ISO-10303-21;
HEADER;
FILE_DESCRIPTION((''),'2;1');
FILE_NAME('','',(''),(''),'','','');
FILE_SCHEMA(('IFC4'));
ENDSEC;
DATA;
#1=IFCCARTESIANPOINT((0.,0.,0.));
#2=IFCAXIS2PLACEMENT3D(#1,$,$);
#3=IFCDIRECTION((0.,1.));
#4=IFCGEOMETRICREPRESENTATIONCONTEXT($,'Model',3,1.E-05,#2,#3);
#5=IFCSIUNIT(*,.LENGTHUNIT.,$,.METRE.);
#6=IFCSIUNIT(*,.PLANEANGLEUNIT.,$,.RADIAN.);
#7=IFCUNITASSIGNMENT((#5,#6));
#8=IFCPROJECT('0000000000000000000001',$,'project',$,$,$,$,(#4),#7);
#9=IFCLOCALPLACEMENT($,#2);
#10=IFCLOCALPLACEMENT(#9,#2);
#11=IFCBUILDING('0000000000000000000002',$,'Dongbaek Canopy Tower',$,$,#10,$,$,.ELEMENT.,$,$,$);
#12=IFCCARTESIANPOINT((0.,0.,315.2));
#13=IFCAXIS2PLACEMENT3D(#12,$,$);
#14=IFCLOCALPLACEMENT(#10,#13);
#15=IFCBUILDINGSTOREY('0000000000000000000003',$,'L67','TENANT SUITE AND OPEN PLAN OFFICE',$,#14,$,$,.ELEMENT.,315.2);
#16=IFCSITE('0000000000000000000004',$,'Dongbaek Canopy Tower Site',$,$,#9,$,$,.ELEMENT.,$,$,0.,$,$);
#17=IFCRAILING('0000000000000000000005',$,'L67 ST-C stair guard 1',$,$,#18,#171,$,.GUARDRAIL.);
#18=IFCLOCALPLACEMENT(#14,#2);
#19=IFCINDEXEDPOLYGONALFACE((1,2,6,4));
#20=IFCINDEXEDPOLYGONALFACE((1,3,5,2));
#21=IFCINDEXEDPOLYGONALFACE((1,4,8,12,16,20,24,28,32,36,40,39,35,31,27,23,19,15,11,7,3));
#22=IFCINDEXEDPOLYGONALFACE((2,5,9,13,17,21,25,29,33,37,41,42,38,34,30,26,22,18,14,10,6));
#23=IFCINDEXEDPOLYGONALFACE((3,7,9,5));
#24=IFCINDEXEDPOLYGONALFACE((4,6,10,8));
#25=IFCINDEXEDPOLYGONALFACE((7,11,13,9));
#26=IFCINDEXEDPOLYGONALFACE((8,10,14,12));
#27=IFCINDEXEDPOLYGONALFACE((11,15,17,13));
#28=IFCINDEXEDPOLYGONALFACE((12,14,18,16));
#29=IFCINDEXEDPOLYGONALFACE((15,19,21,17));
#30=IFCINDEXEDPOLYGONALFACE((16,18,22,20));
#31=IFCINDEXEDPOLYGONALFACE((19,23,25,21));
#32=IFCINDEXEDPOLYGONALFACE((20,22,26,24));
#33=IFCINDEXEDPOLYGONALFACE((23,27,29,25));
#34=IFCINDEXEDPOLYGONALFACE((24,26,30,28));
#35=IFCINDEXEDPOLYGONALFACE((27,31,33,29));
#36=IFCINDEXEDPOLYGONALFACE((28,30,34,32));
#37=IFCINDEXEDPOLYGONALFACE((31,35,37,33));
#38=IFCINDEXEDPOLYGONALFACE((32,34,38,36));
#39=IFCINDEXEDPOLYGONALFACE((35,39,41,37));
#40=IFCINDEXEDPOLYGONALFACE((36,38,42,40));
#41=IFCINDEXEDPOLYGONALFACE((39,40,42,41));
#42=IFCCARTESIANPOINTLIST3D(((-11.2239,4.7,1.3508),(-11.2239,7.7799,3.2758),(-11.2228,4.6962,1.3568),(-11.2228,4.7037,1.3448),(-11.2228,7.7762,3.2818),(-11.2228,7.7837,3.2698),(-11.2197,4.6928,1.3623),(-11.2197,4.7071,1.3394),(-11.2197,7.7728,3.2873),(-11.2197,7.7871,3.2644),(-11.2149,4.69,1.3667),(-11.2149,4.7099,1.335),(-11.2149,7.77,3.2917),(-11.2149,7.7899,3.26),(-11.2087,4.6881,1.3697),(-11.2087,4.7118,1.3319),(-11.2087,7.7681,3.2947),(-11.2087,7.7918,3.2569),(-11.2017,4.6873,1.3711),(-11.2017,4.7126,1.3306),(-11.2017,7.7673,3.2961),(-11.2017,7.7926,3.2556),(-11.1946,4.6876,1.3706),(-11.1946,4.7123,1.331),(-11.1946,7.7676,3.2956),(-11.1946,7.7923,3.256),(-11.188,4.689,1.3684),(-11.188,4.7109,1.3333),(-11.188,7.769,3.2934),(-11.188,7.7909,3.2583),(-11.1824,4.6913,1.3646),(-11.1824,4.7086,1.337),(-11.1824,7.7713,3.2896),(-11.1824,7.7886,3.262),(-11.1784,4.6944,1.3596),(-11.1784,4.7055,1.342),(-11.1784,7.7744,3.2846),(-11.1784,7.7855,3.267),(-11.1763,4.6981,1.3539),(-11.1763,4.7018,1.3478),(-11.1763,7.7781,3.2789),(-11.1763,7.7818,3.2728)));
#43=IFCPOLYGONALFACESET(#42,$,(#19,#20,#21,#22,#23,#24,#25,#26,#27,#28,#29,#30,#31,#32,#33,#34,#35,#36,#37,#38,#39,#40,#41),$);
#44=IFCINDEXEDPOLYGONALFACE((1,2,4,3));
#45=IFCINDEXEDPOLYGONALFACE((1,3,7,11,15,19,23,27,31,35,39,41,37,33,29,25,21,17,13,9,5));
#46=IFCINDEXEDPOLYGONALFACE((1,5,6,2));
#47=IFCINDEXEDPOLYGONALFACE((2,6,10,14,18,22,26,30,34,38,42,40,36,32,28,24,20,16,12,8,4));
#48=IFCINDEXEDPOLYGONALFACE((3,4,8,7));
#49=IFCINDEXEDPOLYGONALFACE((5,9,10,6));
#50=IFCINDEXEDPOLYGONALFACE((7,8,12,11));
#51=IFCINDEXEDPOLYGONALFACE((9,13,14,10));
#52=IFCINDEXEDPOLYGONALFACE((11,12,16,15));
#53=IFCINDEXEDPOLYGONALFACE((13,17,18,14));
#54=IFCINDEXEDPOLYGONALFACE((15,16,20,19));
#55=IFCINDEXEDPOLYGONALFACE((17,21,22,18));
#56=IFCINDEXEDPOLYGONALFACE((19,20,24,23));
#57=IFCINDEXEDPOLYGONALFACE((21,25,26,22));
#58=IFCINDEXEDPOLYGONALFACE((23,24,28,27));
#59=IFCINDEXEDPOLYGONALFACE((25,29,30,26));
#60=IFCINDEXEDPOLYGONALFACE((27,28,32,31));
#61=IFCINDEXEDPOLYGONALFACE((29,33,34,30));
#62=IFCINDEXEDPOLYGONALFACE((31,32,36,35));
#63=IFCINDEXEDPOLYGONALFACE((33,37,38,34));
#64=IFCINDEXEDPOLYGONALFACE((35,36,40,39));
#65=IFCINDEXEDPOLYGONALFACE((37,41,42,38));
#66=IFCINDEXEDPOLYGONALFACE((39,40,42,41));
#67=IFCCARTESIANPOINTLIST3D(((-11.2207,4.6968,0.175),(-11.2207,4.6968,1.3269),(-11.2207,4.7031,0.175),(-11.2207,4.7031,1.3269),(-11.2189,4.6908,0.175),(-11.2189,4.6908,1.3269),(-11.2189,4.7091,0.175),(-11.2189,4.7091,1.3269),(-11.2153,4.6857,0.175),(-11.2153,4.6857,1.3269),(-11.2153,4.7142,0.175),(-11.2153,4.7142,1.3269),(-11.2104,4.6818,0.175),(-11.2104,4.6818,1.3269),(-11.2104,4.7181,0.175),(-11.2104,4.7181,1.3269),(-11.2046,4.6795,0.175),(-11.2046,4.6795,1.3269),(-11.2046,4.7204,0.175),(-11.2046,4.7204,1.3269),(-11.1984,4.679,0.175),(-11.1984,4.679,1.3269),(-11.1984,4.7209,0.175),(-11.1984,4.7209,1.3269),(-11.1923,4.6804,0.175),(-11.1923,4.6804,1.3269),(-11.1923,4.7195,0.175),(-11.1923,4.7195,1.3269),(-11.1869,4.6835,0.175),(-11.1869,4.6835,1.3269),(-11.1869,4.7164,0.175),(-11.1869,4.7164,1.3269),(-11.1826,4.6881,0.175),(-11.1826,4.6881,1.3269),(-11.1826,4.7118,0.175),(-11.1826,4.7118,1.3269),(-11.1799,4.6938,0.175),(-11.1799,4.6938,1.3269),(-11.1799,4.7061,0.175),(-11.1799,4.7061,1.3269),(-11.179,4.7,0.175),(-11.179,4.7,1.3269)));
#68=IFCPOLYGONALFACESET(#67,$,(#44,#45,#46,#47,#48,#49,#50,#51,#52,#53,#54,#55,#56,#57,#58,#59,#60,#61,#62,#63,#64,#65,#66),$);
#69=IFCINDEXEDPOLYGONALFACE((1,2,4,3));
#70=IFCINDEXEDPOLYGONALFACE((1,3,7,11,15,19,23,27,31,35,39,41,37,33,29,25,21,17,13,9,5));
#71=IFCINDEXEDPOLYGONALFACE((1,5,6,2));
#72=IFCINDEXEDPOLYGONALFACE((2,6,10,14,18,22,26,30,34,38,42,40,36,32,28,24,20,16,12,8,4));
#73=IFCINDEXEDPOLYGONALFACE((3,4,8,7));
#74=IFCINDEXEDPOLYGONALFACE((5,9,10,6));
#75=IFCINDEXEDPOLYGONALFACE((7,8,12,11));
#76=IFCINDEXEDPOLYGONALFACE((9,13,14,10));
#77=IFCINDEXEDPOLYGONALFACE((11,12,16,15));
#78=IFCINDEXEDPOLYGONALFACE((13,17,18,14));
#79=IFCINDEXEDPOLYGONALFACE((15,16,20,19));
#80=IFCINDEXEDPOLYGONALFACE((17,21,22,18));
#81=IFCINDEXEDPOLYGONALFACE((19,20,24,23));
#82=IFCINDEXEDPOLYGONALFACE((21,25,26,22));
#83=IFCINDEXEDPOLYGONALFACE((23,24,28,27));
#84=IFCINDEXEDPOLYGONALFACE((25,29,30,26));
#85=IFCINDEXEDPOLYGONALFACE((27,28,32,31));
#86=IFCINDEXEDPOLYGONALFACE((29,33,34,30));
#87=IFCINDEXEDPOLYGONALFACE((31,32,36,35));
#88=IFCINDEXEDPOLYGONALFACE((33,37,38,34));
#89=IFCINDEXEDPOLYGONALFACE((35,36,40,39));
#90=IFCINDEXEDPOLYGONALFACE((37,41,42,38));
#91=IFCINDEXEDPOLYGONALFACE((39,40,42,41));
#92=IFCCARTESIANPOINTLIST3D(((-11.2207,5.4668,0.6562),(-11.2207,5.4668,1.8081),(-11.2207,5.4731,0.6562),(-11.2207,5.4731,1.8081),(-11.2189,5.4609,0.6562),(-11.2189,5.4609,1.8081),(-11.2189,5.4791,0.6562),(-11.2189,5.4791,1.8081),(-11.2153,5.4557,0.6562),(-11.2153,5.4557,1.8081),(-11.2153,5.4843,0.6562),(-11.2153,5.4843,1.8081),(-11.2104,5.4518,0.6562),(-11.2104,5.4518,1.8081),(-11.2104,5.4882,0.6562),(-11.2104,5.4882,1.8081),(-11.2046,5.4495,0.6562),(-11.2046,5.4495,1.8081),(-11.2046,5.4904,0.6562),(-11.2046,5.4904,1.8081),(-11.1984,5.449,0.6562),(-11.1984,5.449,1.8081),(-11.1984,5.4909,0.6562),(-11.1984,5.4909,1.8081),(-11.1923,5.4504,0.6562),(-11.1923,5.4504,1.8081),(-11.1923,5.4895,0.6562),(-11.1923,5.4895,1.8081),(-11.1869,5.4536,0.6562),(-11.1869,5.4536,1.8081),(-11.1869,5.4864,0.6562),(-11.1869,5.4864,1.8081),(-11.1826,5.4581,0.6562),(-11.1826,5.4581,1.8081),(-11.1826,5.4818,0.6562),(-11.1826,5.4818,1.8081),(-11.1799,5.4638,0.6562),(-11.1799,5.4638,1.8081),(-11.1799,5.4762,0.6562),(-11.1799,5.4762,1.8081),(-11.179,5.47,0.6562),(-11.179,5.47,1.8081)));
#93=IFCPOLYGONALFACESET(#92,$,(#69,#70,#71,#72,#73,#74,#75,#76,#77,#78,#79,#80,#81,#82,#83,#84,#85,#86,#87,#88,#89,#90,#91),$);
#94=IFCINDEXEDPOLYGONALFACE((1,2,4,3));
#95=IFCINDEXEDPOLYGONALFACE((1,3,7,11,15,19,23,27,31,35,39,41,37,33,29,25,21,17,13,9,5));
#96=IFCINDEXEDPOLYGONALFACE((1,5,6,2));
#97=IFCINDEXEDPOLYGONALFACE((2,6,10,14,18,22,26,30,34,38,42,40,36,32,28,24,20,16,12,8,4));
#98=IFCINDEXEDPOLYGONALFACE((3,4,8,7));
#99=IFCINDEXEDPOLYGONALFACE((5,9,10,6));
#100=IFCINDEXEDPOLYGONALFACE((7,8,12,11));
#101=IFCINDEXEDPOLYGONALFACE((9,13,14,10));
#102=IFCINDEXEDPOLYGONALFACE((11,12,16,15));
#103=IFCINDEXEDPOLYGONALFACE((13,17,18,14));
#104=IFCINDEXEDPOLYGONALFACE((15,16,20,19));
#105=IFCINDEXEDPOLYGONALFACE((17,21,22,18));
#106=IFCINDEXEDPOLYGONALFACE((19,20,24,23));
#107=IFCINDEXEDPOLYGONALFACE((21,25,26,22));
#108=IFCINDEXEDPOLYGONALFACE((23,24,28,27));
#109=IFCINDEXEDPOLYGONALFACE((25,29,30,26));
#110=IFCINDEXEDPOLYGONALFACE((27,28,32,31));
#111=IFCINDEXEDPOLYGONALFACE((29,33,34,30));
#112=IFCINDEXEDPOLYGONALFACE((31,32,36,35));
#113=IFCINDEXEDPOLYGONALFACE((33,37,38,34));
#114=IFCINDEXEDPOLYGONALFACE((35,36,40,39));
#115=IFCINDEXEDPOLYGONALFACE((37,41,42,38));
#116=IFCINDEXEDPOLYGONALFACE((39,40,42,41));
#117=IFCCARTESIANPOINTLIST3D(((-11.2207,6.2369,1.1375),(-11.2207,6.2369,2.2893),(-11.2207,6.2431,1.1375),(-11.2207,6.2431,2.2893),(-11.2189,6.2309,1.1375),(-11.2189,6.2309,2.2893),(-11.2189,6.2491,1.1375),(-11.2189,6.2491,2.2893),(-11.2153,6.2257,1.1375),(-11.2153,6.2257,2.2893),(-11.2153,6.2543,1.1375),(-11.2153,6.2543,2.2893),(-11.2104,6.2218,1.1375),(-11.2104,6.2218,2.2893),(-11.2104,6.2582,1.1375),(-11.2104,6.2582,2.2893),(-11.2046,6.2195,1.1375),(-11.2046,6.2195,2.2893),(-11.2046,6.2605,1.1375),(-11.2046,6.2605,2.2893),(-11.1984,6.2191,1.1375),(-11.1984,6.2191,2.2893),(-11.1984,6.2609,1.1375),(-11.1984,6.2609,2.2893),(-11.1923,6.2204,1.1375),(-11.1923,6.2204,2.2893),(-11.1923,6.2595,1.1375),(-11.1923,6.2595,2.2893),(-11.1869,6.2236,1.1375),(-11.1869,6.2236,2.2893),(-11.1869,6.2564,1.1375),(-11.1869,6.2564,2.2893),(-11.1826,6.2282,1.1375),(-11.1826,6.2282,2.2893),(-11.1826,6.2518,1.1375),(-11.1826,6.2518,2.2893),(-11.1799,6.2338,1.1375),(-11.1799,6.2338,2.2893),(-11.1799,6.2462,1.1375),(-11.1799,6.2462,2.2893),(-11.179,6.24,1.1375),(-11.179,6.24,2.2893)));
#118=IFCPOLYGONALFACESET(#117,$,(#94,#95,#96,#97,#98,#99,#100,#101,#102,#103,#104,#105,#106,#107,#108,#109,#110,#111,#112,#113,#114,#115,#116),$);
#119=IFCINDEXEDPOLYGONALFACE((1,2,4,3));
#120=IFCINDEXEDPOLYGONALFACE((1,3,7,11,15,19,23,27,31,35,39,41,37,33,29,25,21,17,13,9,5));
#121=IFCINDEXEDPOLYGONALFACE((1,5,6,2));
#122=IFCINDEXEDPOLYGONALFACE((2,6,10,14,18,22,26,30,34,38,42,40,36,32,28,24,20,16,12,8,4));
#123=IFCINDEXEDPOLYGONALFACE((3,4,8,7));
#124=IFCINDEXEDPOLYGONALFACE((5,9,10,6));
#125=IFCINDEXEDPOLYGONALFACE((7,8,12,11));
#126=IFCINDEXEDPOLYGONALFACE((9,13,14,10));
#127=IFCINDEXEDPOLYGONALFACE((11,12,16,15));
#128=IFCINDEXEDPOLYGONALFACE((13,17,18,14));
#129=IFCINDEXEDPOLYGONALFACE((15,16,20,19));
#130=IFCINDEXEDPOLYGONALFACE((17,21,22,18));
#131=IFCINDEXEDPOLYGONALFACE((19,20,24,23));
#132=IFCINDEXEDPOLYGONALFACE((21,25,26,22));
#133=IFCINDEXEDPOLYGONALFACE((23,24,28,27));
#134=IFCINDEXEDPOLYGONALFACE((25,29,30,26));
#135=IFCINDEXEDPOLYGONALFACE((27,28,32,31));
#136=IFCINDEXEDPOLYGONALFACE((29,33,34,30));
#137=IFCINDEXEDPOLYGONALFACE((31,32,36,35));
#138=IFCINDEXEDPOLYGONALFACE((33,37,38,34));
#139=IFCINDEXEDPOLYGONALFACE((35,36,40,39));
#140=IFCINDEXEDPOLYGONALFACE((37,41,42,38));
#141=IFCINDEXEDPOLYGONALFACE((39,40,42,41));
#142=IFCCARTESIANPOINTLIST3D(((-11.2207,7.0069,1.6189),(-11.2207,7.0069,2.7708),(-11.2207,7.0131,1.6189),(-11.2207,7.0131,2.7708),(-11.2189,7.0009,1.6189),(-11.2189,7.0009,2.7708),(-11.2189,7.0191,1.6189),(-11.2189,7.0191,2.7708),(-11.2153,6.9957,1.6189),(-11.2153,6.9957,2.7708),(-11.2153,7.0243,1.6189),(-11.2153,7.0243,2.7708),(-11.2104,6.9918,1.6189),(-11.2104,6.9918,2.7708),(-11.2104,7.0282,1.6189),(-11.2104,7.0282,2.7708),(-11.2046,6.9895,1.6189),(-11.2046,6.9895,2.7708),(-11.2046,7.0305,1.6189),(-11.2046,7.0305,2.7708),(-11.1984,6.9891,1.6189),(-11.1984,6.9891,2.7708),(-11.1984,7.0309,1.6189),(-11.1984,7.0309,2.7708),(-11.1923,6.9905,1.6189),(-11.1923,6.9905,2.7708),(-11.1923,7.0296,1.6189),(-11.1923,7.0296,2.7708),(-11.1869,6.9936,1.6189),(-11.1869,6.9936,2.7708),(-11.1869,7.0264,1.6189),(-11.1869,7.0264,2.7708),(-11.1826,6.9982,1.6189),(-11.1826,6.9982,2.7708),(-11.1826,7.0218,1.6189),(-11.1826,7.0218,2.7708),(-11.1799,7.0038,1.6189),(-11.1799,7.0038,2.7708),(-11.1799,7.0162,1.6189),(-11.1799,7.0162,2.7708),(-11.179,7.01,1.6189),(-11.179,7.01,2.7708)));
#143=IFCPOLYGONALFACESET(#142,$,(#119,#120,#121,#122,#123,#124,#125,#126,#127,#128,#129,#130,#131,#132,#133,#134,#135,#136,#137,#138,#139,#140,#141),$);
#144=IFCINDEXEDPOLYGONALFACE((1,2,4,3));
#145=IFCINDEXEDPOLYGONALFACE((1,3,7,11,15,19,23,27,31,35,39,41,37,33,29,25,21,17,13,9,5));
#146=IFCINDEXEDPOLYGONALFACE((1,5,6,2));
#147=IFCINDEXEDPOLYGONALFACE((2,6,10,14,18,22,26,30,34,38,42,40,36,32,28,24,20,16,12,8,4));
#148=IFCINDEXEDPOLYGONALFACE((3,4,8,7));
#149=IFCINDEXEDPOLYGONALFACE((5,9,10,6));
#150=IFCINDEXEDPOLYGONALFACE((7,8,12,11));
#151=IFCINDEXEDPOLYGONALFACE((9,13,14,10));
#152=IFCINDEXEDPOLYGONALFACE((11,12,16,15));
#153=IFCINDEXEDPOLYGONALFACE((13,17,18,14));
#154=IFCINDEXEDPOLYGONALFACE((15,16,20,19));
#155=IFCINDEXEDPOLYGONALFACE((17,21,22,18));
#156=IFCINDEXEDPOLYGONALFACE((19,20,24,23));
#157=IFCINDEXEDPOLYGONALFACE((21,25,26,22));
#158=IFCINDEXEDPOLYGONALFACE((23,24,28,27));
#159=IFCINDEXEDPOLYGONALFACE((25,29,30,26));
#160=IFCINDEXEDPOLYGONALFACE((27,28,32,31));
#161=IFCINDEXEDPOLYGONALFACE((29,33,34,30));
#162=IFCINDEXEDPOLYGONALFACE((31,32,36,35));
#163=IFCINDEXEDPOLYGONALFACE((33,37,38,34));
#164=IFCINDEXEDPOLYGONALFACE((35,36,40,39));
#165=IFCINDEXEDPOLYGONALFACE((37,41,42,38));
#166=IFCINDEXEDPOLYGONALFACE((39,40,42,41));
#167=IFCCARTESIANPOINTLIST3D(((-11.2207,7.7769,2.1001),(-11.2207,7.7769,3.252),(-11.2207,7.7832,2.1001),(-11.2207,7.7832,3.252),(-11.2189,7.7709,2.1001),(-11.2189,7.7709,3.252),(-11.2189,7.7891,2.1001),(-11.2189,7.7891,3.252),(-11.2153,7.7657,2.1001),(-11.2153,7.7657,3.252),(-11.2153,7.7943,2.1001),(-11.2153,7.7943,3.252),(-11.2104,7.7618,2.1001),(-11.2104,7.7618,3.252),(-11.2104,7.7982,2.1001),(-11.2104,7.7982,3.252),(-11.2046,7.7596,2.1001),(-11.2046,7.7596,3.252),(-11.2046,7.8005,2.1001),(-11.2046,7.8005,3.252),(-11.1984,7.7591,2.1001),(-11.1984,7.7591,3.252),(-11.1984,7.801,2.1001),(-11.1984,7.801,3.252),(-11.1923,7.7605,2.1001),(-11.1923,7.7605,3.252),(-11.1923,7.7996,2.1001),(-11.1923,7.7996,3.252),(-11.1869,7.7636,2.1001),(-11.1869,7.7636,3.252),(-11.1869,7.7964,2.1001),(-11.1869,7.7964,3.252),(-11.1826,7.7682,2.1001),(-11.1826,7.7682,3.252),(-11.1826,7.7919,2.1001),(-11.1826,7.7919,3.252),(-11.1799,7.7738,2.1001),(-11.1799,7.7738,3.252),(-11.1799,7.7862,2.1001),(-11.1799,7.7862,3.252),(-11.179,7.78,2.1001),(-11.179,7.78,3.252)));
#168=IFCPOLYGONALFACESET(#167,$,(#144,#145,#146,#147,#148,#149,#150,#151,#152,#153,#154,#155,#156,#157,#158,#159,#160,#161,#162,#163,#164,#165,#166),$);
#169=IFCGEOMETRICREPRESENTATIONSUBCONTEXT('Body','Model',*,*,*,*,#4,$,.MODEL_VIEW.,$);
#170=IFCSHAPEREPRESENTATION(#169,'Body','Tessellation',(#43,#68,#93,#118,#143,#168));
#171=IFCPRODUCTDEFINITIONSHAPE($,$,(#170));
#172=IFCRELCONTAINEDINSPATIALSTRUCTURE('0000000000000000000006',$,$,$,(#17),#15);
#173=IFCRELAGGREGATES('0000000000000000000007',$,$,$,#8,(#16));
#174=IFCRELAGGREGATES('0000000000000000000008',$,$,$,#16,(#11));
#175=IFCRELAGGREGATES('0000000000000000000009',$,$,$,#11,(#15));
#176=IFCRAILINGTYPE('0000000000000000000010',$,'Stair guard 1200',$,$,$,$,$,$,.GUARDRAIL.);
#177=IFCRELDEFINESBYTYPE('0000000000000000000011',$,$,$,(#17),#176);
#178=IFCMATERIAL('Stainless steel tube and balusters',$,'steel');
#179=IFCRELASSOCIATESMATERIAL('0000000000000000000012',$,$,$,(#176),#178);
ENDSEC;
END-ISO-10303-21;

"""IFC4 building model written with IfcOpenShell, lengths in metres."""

from ifc_helpers import new_model, si_unit, direction, frame, origin, origin_2d, place, context, subcontext, project, spatial, circle, extrude, material, type_object, element, save


model = new_model("IFC4")

# Units and contexts
model_context = context("Model", 3, precision=1e-05, world=origin(), true_north=direction((0.0, 1.0)))
body_context = subcontext(model_context, "Body", "Model", "MODEL_VIEW")
ifc_project = project(units=[si_unit("LENGTHUNIT", "METRE"), si_unit("PLANEANGLEUNIT", "RADIAN")], contexts=[model_context])

# Site, building, storey
site_placement = place(None, origin())
site = spatial("IfcSite", under=ifc_project, at=site_placement, Name="Dongbaek Canopy Tower Site", CompositionType="ELEMENT", RefElevation=0.0)
building_placement = place(site_placement, origin())
building = spatial("IfcBuilding", under=site, at=building_placement, Name="Dongbaek Canopy Tower", CompositionType="ELEMENT")
storey_placement = place(building_placement, frame((0.0, 0.0, 315.2)))
storey = spatial("IfcBuildingStorey", under=building, at=storey_placement, Name="L67", Description="TENANT SUITE AND OPEN PLAN OFFICE", CompositionType="ELEMENT", Elevation=315.2)

# Railing
ifc_material_1 = material(Name="Stainless steel tube and balusters", Category="steel")
railing_type_1 = type_object("IfcRailingType", Name="Stair guard 1200", PredefinedType="GUARDRAIL", material=ifc_material_1)
railing_1_placement = place(storey_placement, frame((-11.2, 4.7, 0.175)))
element("IfcRailing", 1, at=railing_1_placement, inside=storey, type_object=railing_type_1, Name="L67 ST-C stair guard 1", PredefinedType="GUARDRAIL", context=body_context, shape_type="SweptSolid", body=[
    extrude(circle(Radius=0.0239, at=origin_2d()), frame((0.0, 0.0, 1.1758), z_axis=(0.0, 0.847998, 0.529999), x_axis=(-1.0, 0.0, 0.0)), (0.0, 0.0, 1.0), 3.6321),
    extrude(circle(Radius=0.021, at=origin_2d()), origin(), (0.0, 0.0, 1.0), 1.1519),
    extrude(circle(Radius=0.021, at=origin_2d()), frame((0.0, 0.77, 0.4812)), (0.0, 0.0, 1.0), 1.1519),
    extrude(circle(Radius=0.021, at=origin_2d()), frame((0.0, 1.54, 0.9624)), (0.0, 0.0, 1.0), 1.1519),
    extrude(circle(Radius=0.021, at=origin_2d()), frame((0.0, 2.3101, 1.4438)), (0.0, 0.0, 1.0), 1.1519),
    extrude(circle(Radius=0.021, at=origin_2d()), frame((0.0, 3.0801, 1.925)), (0.0, 0.0, 1.0), 1.1519),
])

save(model, "model.ifc")
